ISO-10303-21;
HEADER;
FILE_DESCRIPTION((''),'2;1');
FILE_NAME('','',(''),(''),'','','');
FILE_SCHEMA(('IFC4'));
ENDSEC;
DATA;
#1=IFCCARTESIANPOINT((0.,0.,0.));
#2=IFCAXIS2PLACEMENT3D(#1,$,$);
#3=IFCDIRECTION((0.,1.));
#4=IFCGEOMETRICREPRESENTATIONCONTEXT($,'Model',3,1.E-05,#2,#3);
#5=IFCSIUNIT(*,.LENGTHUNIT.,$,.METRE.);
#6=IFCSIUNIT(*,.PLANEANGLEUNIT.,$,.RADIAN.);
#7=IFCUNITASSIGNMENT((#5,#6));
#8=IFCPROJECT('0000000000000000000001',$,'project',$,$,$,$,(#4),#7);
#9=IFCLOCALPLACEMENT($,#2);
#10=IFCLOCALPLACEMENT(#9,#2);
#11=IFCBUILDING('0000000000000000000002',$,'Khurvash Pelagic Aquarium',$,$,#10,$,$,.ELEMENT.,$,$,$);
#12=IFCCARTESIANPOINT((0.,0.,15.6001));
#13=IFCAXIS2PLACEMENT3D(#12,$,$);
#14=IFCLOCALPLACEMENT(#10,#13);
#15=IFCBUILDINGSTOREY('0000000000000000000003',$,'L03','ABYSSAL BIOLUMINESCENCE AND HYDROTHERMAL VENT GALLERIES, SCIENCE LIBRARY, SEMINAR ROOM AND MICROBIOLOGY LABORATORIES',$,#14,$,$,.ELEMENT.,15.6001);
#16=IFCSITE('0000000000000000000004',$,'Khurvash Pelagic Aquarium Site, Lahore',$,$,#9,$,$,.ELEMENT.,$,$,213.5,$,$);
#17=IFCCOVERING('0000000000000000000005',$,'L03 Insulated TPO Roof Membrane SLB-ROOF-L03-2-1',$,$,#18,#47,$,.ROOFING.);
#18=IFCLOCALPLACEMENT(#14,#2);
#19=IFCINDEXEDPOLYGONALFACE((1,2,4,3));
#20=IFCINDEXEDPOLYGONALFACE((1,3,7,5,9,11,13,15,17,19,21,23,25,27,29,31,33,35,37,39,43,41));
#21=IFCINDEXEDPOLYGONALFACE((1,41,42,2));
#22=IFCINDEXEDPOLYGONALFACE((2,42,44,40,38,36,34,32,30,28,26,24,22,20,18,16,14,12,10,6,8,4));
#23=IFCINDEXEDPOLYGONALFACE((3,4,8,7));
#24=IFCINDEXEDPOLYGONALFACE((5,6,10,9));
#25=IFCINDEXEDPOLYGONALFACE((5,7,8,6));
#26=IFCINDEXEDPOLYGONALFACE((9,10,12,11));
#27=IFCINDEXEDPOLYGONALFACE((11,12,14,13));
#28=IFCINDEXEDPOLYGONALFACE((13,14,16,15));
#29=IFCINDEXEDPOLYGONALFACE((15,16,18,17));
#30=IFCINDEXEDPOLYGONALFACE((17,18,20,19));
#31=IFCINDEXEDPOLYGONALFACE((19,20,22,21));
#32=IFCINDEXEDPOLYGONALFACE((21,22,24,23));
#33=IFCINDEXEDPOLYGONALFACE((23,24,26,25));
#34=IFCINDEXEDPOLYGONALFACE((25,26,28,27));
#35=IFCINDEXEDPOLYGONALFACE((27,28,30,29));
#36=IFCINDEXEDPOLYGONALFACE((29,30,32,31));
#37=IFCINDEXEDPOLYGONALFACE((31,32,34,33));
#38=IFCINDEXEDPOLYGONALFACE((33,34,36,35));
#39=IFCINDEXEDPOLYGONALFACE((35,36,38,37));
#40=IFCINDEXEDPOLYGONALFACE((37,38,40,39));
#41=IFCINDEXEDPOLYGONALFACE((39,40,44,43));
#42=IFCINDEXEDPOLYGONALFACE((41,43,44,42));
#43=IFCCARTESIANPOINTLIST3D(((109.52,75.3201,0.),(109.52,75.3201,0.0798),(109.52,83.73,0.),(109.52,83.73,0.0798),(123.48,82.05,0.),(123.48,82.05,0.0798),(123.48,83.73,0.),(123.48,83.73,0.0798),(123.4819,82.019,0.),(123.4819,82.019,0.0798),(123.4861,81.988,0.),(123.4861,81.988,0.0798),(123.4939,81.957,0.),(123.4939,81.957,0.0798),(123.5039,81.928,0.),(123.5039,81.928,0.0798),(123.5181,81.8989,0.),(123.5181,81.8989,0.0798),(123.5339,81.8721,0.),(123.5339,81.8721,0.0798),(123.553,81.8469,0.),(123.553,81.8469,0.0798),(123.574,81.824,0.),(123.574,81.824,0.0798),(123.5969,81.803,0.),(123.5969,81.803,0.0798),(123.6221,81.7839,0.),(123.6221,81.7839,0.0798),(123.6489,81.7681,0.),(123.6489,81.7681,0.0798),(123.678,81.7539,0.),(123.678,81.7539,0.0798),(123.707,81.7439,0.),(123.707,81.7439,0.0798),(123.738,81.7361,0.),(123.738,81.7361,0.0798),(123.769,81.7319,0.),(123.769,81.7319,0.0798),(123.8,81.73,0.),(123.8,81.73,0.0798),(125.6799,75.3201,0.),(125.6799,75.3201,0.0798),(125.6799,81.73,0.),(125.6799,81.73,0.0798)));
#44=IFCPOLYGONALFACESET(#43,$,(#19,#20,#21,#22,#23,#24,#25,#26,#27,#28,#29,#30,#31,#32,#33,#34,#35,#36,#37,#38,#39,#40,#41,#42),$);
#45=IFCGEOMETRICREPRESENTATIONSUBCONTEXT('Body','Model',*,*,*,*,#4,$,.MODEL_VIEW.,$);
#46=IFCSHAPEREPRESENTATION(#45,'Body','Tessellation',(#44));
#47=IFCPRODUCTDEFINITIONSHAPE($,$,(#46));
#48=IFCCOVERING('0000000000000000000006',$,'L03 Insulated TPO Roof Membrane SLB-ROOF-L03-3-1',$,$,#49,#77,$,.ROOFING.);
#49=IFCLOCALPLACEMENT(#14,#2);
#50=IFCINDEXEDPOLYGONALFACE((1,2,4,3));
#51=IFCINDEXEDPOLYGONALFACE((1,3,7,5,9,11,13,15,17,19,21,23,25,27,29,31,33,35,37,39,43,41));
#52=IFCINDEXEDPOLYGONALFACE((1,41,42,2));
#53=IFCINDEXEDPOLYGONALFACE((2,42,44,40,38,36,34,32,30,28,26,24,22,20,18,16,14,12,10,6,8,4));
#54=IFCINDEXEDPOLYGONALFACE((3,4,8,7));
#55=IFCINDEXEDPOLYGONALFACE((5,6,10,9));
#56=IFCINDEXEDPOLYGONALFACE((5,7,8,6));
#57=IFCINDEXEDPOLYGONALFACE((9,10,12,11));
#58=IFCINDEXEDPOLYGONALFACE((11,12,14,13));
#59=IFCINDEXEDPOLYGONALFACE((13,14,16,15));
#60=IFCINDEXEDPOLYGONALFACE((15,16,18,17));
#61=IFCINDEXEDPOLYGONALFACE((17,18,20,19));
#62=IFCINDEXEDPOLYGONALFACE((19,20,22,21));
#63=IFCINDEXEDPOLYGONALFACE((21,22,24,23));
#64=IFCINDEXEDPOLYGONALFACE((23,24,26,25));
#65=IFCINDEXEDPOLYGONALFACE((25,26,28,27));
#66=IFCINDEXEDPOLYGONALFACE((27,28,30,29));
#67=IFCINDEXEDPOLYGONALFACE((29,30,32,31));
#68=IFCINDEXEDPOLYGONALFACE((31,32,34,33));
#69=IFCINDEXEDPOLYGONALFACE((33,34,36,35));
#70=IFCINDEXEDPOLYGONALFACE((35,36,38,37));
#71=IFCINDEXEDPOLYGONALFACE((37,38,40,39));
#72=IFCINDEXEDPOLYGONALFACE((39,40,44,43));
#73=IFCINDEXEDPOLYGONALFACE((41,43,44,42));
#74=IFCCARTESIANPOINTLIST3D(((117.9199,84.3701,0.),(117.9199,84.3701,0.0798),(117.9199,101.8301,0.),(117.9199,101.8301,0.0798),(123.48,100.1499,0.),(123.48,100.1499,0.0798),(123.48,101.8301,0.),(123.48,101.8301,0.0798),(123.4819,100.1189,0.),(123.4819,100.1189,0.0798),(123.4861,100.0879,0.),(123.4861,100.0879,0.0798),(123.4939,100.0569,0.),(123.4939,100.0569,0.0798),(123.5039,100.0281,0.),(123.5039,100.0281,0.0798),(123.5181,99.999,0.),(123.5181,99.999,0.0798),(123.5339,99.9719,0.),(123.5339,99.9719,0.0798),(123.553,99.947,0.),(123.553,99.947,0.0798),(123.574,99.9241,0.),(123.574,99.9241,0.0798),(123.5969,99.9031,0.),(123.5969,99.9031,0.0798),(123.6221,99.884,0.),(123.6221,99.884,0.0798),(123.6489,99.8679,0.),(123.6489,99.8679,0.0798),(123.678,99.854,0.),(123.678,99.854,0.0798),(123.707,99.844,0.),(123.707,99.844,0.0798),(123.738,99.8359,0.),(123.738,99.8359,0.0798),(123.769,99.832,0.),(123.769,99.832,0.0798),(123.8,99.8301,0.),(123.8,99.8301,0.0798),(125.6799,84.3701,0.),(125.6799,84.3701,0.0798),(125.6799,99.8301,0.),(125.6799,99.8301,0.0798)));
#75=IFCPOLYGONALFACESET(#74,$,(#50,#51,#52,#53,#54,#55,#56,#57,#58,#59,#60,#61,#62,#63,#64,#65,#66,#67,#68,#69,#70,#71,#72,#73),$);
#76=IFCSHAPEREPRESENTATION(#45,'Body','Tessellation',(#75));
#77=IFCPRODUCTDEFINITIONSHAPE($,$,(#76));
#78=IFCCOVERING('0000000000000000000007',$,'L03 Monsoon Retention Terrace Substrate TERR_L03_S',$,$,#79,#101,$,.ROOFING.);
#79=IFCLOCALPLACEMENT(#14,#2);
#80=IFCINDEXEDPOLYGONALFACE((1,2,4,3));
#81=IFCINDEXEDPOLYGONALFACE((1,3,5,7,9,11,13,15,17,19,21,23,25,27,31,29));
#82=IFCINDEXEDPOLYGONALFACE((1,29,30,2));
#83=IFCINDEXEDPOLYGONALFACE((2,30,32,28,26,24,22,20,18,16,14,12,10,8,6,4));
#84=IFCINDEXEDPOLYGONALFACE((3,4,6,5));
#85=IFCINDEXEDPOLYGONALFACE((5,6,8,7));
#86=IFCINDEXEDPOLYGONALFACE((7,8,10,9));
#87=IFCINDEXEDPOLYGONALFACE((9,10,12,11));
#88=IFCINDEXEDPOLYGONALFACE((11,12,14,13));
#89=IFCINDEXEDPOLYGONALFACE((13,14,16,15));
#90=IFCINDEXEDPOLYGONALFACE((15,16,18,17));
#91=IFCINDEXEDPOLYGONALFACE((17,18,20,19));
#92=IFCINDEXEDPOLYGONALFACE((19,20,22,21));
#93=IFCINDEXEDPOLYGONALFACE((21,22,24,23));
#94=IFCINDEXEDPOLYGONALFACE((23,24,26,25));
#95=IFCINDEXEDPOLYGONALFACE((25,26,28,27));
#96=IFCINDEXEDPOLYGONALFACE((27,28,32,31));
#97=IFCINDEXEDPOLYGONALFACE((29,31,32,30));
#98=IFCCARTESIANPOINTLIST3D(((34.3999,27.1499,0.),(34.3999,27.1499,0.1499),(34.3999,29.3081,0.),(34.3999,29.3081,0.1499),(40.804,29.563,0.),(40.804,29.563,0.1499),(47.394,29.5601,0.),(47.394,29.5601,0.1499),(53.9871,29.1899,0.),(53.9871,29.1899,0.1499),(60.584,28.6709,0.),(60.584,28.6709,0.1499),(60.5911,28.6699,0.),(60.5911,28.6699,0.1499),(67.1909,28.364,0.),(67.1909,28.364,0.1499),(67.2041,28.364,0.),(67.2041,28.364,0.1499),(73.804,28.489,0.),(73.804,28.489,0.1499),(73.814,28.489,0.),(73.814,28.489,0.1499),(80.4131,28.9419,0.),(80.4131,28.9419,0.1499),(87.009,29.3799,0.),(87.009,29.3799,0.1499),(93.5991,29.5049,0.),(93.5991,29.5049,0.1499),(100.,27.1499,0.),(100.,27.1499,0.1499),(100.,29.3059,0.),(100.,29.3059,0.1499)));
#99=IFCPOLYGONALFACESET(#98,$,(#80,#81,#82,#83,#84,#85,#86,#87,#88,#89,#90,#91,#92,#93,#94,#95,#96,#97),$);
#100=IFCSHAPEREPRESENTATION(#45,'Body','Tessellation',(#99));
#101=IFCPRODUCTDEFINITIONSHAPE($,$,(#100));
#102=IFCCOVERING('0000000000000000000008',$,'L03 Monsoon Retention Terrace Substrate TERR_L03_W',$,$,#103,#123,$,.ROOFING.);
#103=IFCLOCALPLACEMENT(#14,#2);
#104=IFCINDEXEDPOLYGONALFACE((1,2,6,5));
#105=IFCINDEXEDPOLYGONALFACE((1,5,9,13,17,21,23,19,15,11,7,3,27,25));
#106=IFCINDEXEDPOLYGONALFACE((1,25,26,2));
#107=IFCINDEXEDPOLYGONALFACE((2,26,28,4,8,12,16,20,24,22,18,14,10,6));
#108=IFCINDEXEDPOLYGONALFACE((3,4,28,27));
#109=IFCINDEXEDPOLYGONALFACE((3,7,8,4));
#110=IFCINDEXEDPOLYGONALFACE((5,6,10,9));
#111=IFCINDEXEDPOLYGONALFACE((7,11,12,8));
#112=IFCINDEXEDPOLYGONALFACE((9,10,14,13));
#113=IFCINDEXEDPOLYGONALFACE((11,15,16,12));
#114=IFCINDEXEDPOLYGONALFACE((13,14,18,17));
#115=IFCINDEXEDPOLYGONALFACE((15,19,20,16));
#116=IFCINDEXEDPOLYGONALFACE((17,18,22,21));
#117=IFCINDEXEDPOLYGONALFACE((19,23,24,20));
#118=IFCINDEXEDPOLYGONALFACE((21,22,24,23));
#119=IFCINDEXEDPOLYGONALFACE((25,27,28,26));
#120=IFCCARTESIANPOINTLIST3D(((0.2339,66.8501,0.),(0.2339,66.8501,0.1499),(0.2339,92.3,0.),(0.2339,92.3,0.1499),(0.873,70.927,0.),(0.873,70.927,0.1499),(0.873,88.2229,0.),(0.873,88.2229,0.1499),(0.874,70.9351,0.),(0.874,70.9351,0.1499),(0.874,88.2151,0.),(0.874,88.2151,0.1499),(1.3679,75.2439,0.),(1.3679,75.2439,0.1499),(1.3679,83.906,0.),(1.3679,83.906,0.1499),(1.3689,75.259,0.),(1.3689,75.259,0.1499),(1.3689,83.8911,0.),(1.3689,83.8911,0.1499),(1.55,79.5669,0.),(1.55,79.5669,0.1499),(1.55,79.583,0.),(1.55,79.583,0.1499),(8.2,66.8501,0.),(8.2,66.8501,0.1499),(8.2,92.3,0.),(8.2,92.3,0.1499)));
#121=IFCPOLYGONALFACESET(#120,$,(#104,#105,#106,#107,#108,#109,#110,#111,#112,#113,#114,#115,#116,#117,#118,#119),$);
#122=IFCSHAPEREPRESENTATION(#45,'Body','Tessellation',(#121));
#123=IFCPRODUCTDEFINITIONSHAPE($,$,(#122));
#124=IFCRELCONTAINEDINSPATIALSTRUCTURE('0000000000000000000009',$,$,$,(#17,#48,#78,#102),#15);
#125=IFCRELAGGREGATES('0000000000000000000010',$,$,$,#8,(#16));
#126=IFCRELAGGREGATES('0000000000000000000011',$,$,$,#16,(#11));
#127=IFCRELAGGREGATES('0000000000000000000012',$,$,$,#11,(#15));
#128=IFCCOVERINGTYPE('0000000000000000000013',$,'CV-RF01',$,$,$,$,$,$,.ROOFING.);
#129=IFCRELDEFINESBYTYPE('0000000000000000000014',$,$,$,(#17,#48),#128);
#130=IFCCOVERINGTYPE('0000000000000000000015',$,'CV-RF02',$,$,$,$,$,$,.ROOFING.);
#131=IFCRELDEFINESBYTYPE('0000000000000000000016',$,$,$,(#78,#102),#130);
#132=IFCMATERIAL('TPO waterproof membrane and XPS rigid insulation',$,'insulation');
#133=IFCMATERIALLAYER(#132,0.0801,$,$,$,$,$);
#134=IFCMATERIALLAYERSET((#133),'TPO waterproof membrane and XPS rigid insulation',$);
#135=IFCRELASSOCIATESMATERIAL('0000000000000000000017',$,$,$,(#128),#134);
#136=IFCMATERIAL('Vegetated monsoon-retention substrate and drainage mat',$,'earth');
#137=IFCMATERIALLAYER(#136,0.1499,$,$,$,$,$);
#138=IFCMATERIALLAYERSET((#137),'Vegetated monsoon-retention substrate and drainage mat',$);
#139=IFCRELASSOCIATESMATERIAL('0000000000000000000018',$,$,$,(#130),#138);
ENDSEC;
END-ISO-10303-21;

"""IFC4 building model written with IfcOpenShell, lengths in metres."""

from ifc_helpers import new_model, si_unit, direction, frame, origin, place, context, subcontext, project, spatial, polyline, outline, extrude, material, layer, layer_set, type_object, element, save


model = new_model("IFC4")

# Units and contexts
model_context = context("Model", 3, precision=1e-05, world=origin(), true_north=direction((0.0, 1.0)))
body_context = subcontext(model_context, "Body", "Model", "MODEL_VIEW")
ifc_project = project(units=[si_unit("LENGTHUNIT", "METRE"), si_unit("PLANEANGLEUNIT", "RADIAN")], contexts=[model_context])

# Site, building, storey
site_placement = place(None, origin())
site = spatial("IfcSite", under=ifc_project, at=site_placement, Name="Khurvash Pelagic Aquarium Site, Lahore", CompositionType="ELEMENT", RefElevation=213.5)
building_placement = place(site_placement, origin())
building = spatial("IfcBuilding", under=site, at=building_placement, Name="Khurvash Pelagic Aquarium", CompositionType="ELEMENT")
storey_placement = place(building_placement, frame((0.0, 0.0, 15.6001)))
storey = spatial("IfcBuildingStorey", under=building, at=storey_placement, Name="L03", Description="ABYSSAL BIOLUMINESCENCE AND HYDROTHERMAL VENT GALLERIES, SCIENCE LIBRARY, SEMINAR ROOM AND MICROBIOLOGY LABORATORIES", CompositionType="ELEMENT", Elevation=15.6001)

# Coverings
ifc_material_1 = material(Name="TPO waterproof membrane and XPS rigid insulation", Category="insulation")
ifc_layer_1 = layer(ifc_material_1, 0.0801)
ifc_layer_set_1 = layer_set([ifc_layer_1], Name="TPO waterproof membrane and XPS rigid insulation")
covering_type_1 = type_object("IfcCoveringType", Name="CV-RF01", PredefinedType="ROOFING", material=ifc_layer_set_1)
covering_1_placement = place(storey_placement, origin())
element("IfcCovering", 1, at=covering_1_placement, inside=storey, type_object=covering_type_1, Name="L03 Insulated TPO Roof Membrane SLB-ROOF-L03-2-1", PredefinedType="ROOFING", context=body_context, shape_type="SweptSolid", body=[
    extrude(outline(polyline([(125.6799, 75.3201), (109.52, 75.3201), (109.52, 83.73), (123.48, 83.73), (123.48, 82.05), (123.4819, 82.019), (123.4861, 81.988), (123.4939, 81.957), (123.5039, 81.928), (123.5181, 81.8989), (123.5339, 81.8721), (123.553, 81.8469), (123.574, 81.824), (123.5969, 81.803), (123.6221, 81.7839), (123.6489, 81.7681), (123.678, 81.7539), (123.707, 81.7439), (123.738, 81.7361), (123.769, 81.7319), (123.8, 81.73), (125.6799, 81.73), (125.6799, 75.3201)])), origin(), (0.0, 0.0, 1.0), 0.0798),
])
covering_2_placement = place(storey_placement, origin())
element("IfcCovering", 2, at=covering_2_placement, inside=storey, type_object=covering_type_1, Name="L03 Insulated TPO Roof Membrane SLB-ROOF-L03-3-1", PredefinedType="ROOFING", context=body_context, shape_type="SweptSolid", body=[
    extrude(outline(polyline([(125.6799, 84.3701), (117.9199, 84.3701), (117.9199, 101.8301), (123.48, 101.8301), (123.48, 100.1499), (123.4819, 100.1189), (123.4861, 100.0879), (123.4939, 100.0569), (123.5039, 100.0281), (123.5181, 99.999), (123.5339, 99.9719), (123.553, 99.947), (123.574, 99.9241), (123.5969, 99.9031), (123.6221, 99.884), (123.6489, 99.8679), (123.678, 99.854), (123.707, 99.844), (123.738, 99.8359), (123.769, 99.832), (123.8, 99.8301), (125.6799, 99.8301), (125.6799, 84.3701)])), origin(), (0.0, 0.0, 1.0), 0.0798),
])
ifc_material_2 = material(Name="Vegetated monsoon-retention substrate and drainage mat", Category="earth")
ifc_layer_2 = layer(ifc_material_2, 0.1499)
ifc_layer_set_2 = layer_set([ifc_layer_2], Name="Vegetated monsoon-retention substrate and drainage mat")
covering_type_2 = type_object("IfcCoveringType", Name="CV-RF02", PredefinedType="ROOFING", material=ifc_layer_set_2)
covering_3_placement = place(storey_placement, origin())
element("IfcCovering", 3, at=covering_3_placement, inside=storey, type_object=covering_type_2, Name="L03 Monsoon Retention Terrace Substrate TERR_L03_S", PredefinedType="ROOFING", context=body_context, shape_type="SweptSolid", body=[
    extrude(outline(polyline([(34.3999, 27.1499), (34.3999, 29.3081), (40.804, 29.563), (47.394, 29.5601), (53.9871, 29.1899), (60.584, 28.6709), (60.5911, 28.6699), (67.1909, 28.364), (67.2041, 28.364), (73.804, 28.489), (73.814, 28.489), (80.4131, 28.9419), (87.009, 29.3799), (93.5991, 29.5049), (100.0, 29.3059), (100.0, 27.1499), (34.3999, 27.1499)])), origin(), (0.0, 0.0, 1.0), 0.1499),
])
covering_4_placement = place(storey_placement, origin())
element("IfcCovering", 4, at=covering_4_placement, inside=storey, type_object=covering_type_2, Name="L03 Monsoon Retention Terrace Substrate TERR_L03_W", PredefinedType="ROOFING", context=body_context, shape_type="SweptSolid", body=[
    extrude(outline(polyline([(8.2, 66.8501), (0.2339, 66.8501), (0.873, 70.927), (0.874, 70.9351), (1.3679, 75.2439), (1.3689, 75.259), (1.55, 79.5669), (1.55, 79.583), (1.3689, 83.8911), (1.3679, 83.906), (0.874, 88.2151), (0.873, 88.2229), (0.2339, 92.3), (8.2, 92.3), (8.2, 66.8501)])), origin(), (0.0, 0.0, 1.0), 0.1499),
])

save(model, "model.ifc")
